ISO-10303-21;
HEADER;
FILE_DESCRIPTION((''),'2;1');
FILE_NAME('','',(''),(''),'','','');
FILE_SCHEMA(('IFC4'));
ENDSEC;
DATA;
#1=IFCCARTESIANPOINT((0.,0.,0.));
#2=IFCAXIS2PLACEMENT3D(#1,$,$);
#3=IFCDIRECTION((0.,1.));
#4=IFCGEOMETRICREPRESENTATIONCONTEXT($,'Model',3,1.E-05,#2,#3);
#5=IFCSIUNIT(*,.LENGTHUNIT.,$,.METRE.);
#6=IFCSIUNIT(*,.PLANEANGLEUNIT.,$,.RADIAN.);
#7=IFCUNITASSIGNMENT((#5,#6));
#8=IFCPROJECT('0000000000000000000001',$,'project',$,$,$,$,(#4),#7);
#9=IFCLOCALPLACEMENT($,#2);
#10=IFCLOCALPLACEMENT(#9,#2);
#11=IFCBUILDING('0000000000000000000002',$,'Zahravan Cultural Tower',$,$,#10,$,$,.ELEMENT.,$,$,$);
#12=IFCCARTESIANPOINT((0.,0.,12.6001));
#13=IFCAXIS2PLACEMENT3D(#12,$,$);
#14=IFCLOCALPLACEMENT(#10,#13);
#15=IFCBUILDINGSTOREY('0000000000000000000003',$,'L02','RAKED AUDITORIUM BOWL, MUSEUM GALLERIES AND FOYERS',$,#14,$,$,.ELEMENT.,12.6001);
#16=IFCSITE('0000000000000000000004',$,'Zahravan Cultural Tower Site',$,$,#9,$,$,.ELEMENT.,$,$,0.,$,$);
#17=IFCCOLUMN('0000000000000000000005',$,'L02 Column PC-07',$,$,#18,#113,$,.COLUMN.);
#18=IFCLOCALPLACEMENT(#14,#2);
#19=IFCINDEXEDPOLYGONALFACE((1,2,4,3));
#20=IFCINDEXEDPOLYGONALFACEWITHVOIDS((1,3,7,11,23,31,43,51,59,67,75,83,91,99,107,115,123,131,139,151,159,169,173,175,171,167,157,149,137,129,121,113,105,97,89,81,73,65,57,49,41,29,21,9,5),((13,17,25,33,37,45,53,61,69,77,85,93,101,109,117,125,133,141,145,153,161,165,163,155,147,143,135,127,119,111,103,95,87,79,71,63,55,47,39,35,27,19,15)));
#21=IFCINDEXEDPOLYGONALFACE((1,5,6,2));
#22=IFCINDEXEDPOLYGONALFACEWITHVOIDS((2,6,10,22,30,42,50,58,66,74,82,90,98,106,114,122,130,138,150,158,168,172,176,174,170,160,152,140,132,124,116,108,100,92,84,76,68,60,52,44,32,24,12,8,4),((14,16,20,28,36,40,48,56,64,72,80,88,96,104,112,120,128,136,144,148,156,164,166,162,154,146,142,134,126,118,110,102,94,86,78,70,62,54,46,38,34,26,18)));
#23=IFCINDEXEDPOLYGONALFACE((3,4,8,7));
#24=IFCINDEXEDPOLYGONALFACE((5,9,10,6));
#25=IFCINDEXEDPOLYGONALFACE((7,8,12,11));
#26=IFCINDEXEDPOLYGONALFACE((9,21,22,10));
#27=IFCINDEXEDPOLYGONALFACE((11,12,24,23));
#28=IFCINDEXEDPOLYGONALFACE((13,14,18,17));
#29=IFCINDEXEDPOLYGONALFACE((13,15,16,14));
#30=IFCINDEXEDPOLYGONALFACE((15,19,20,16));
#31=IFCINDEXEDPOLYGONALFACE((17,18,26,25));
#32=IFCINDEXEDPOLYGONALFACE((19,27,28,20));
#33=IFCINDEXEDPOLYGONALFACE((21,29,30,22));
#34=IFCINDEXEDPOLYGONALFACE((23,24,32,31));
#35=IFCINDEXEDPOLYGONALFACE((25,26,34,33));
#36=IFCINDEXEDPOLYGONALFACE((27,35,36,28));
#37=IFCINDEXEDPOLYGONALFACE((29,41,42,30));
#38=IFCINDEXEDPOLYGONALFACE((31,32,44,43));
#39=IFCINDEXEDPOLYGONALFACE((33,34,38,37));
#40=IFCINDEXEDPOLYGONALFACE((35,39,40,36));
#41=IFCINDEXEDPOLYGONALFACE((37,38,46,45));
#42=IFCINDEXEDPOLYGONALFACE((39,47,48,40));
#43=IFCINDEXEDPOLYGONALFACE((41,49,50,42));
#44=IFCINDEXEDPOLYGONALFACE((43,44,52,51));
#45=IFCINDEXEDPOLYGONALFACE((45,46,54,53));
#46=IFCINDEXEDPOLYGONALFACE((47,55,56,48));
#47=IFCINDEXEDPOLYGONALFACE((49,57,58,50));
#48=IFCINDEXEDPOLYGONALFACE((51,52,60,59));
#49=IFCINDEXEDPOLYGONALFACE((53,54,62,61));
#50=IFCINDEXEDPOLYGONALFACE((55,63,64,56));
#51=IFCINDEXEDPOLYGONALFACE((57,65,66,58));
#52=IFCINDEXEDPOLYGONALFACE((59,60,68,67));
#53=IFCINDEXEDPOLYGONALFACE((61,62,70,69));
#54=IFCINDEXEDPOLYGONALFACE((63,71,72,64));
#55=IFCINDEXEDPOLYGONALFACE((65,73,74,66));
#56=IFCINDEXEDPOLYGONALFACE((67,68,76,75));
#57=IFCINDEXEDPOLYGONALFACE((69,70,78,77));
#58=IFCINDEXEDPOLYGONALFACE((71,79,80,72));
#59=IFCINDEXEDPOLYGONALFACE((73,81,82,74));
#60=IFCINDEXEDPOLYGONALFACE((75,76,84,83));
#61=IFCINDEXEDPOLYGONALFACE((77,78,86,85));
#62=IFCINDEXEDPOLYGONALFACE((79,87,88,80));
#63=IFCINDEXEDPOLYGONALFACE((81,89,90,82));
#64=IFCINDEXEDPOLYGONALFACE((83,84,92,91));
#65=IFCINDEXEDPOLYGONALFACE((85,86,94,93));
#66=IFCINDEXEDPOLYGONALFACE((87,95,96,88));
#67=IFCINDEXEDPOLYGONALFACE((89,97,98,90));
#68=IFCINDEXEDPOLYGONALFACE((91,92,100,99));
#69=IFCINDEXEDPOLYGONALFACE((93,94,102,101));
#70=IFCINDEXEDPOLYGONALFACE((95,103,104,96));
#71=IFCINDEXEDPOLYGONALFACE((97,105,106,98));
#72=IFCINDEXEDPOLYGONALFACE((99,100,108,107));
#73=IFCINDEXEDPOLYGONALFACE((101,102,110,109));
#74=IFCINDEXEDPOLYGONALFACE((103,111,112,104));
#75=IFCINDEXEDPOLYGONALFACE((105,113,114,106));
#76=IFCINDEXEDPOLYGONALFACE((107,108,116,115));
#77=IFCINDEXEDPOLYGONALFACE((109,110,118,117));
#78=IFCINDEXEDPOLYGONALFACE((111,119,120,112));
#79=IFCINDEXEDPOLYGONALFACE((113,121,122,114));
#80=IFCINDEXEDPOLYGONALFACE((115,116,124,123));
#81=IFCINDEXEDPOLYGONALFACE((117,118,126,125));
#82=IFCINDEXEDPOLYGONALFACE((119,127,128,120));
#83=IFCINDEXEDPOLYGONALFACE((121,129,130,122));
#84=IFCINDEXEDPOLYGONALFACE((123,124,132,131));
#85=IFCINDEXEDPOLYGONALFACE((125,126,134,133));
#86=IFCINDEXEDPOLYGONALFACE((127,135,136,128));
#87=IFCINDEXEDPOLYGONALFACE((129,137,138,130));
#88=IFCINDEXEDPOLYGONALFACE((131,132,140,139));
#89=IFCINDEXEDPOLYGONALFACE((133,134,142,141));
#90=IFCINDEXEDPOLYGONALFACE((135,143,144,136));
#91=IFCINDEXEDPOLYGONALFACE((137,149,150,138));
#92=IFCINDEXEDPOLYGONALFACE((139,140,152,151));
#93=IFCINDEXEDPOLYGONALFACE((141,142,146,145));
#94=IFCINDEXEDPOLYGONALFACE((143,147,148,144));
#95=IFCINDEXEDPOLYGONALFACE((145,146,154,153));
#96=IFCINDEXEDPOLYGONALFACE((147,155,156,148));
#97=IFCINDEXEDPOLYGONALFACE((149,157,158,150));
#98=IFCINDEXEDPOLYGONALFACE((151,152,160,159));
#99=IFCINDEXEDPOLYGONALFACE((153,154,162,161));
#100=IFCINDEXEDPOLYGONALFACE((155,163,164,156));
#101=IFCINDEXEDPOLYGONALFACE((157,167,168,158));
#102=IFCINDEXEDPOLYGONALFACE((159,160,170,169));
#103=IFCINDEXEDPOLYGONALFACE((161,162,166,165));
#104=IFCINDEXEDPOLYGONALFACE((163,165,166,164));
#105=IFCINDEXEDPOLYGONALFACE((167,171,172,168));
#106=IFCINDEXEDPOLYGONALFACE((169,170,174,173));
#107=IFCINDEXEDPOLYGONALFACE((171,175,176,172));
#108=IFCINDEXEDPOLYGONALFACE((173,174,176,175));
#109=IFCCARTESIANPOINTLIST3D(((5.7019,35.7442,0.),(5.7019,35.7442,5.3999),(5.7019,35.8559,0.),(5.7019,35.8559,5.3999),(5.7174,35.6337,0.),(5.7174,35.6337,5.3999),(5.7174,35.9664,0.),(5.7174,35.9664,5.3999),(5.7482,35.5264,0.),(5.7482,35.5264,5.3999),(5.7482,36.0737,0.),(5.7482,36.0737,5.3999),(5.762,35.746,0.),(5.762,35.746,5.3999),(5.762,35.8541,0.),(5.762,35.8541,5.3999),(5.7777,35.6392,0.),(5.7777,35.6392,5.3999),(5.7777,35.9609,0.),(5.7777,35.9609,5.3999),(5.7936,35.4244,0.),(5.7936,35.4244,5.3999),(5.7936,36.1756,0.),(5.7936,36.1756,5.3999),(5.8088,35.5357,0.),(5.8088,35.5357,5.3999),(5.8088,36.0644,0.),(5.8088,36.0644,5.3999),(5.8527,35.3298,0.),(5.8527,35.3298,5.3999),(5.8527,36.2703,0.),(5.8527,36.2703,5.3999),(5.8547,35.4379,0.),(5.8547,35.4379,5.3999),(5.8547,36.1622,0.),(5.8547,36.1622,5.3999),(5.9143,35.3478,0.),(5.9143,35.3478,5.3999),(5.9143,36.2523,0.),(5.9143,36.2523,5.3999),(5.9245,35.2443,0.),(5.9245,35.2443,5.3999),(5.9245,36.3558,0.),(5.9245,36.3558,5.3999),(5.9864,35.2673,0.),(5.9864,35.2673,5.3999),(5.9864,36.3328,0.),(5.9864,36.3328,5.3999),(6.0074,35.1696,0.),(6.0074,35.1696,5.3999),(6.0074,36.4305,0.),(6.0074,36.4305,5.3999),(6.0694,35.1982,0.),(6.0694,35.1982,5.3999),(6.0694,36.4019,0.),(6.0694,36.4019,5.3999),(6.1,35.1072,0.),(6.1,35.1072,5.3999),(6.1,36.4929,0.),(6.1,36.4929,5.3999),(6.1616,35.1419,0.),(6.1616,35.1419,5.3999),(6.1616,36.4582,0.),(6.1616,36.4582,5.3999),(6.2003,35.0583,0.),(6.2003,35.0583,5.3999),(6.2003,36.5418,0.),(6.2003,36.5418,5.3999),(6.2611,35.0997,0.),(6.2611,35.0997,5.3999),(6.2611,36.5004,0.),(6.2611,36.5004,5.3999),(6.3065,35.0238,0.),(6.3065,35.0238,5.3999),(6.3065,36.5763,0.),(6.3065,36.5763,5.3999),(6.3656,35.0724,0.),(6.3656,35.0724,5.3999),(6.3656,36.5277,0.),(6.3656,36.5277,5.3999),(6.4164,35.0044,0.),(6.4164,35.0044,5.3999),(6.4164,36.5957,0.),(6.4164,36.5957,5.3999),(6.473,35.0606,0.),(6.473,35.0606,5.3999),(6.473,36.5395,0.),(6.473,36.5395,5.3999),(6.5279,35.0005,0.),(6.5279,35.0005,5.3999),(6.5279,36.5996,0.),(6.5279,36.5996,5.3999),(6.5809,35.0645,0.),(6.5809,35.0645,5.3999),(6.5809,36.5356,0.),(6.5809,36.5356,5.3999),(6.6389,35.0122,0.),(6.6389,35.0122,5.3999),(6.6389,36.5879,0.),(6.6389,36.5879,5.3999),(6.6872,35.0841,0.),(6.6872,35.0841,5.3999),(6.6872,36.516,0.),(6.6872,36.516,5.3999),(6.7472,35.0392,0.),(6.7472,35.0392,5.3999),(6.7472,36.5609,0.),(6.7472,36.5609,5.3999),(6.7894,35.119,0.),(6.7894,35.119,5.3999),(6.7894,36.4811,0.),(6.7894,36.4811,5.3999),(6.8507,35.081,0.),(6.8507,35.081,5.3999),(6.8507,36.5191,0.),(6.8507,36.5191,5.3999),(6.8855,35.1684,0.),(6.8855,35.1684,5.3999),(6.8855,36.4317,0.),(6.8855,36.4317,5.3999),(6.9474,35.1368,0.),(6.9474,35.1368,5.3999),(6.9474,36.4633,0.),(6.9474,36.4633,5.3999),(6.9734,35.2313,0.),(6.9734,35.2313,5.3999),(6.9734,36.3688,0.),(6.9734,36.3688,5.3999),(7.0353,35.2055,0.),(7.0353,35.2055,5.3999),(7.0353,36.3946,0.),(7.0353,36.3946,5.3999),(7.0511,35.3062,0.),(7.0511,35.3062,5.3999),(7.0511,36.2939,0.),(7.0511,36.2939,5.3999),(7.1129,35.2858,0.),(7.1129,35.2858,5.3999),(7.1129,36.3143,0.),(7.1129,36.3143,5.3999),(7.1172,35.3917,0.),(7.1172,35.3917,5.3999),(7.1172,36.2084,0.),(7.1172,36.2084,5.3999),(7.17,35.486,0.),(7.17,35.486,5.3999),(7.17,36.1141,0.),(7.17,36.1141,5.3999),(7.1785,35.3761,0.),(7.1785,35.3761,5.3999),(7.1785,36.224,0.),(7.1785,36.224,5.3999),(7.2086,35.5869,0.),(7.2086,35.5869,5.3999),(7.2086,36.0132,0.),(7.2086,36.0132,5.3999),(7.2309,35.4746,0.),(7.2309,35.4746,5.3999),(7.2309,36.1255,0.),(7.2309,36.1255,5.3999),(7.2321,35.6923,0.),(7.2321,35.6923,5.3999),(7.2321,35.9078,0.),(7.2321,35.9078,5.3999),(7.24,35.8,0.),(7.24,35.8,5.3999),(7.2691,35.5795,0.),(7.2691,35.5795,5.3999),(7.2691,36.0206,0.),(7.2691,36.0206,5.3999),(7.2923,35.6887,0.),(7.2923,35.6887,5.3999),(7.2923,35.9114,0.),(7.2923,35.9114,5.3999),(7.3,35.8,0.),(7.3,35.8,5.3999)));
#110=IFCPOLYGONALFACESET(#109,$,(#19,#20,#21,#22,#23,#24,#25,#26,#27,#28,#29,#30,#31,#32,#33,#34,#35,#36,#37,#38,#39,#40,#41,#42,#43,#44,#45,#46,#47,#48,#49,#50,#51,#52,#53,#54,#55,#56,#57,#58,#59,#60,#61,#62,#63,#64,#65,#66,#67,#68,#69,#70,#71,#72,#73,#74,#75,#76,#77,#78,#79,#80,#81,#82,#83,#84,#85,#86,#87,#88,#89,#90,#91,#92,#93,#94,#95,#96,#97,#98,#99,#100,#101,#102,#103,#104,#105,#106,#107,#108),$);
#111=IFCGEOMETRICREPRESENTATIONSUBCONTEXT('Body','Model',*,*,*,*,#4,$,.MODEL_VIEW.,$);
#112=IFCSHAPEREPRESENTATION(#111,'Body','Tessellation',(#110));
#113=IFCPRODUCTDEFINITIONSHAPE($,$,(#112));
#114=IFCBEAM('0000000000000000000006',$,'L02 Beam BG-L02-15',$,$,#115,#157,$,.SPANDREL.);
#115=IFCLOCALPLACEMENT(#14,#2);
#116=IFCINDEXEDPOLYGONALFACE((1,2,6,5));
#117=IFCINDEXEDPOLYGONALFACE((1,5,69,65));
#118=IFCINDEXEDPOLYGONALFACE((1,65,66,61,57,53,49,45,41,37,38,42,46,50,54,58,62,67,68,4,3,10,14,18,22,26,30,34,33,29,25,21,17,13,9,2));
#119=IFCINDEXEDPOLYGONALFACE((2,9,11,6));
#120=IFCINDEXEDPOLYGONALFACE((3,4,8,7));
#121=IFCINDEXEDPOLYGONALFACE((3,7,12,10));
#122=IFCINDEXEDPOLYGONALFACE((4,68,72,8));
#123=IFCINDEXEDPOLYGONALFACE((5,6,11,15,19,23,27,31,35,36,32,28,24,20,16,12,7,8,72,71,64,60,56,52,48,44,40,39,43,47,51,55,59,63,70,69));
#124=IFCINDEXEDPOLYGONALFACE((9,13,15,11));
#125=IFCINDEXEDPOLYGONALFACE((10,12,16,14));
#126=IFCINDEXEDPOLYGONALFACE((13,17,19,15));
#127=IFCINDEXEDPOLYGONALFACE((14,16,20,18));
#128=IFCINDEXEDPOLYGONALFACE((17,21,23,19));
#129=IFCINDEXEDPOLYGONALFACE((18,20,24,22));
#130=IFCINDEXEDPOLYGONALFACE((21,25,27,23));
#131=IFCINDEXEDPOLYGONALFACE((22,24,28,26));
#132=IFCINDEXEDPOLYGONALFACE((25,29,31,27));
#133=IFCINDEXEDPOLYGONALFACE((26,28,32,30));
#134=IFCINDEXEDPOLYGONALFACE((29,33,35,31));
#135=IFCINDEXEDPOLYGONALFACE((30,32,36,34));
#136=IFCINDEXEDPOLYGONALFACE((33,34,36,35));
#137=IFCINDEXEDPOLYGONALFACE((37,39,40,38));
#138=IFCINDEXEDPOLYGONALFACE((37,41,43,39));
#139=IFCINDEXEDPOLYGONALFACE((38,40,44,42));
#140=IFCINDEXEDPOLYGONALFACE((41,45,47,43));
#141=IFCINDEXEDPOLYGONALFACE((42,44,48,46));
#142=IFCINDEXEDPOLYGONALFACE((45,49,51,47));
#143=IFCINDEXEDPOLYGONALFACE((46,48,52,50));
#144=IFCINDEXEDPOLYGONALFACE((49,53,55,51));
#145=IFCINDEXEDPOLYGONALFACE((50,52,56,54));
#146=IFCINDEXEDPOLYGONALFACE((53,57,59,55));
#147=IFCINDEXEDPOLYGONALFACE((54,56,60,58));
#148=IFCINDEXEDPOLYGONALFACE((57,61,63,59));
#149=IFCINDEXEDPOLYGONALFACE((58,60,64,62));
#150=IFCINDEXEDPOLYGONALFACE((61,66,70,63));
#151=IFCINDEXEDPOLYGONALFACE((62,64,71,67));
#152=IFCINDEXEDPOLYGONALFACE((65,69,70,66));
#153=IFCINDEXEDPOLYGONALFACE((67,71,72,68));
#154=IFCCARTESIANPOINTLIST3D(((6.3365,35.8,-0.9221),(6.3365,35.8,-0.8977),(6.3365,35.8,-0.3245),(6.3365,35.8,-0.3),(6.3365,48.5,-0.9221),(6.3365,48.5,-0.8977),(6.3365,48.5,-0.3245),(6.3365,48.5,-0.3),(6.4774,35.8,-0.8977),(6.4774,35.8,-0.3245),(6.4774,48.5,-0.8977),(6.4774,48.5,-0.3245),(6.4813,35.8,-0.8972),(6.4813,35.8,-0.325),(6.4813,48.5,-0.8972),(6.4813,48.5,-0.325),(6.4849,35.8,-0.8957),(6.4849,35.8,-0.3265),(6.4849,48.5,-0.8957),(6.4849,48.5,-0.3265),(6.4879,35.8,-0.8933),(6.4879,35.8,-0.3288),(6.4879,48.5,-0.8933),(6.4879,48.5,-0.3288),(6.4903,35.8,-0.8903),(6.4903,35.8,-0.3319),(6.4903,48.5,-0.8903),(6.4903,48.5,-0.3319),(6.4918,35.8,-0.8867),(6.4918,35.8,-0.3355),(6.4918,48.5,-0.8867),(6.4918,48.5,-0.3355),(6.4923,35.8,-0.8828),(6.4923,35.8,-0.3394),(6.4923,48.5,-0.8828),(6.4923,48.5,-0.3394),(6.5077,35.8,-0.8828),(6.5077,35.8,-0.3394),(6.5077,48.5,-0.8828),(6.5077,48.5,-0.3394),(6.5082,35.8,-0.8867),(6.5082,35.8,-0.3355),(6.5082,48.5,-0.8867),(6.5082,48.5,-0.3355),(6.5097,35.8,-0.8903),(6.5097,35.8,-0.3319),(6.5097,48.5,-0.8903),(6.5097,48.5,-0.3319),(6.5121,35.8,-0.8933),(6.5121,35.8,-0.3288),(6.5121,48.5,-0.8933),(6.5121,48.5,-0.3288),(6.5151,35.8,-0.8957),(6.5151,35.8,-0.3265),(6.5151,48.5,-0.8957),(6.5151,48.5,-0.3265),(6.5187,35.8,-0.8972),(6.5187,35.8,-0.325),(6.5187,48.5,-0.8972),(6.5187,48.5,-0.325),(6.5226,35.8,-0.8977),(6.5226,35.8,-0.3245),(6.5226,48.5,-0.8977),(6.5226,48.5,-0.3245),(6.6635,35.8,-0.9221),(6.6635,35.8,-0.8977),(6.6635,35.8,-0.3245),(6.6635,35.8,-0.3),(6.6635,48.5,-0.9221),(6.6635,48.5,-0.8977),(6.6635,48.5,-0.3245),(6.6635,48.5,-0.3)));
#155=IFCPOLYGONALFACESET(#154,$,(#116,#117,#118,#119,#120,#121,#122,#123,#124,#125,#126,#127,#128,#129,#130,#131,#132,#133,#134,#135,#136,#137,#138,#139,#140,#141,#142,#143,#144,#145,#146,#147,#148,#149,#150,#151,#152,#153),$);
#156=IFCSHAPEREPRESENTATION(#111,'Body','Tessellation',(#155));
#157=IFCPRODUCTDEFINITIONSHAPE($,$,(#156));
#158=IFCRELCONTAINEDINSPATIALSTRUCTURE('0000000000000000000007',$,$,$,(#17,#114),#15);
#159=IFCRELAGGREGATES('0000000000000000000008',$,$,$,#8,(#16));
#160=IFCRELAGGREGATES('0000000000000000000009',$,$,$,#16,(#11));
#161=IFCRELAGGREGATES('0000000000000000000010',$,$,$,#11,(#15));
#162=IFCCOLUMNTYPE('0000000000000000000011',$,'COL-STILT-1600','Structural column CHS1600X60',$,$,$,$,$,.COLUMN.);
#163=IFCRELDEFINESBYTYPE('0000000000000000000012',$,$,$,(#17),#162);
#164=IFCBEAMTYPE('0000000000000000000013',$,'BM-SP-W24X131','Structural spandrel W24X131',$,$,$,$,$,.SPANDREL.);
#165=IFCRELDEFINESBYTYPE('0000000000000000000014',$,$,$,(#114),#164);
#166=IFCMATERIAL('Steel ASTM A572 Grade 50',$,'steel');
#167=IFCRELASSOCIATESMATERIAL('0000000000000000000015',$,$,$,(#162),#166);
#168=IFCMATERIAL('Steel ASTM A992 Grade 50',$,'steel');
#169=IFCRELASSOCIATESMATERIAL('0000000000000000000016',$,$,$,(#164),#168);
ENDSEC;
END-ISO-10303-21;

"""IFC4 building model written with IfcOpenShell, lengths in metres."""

from ifc_helpers import new_model, si_unit, direction, frame, origin, origin_2d, place, context, subcontext, project, spatial, hollow_circle, i_section, extrude, source, transform, mapped, material, material_profile, profile_set, type_object, element, save


model = new_model("IFC4")

# Units and contexts
model_context = context("Model", 3, precision=1e-05, world=origin(), true_north=direction((0.0, 1.0)))
body_context = subcontext(model_context, "Body", "Model", "MODEL_VIEW")
ifc_project = project(units=[si_unit("LENGTHUNIT", "METRE"), si_unit("PLANEANGLEUNIT", "RADIAN")], contexts=[model_context])

# Site, building, storey
site_placement = place(None, origin())
site = spatial("IfcSite", under=ifc_project, at=site_placement, Name="Zahravan Cultural Tower Site", CompositionType="ELEMENT", RefElevation=0.0)
building_placement = place(site_placement, origin())
building = spatial("IfcBuilding", under=site, at=building_placement, Name="Zahravan Cultural Tower", CompositionType="ELEMENT")
storey_placement = place(building_placement, frame((0.0, 0.0, 12.6001)))
storey = spatial("IfcBuildingStorey", under=building, at=storey_placement, Name="L02", Description="RAKED AUDITORIUM BOWL, MUSEUM GALLERIES AND FOYERS", CompositionType="ELEMENT", Elevation=12.6001)

# Column
ifc_material_1 = material(Name="Steel ASTM A572 Grade 50", Category="steel")
ifc_material_profile_1 = material_profile(ifc_material_1, hollow_circle(Radius=0.8, WallThickness=0.0601, at=origin_2d()), Name="CHS1600X60")
ifc_profile_set_1 = profile_set([ifc_material_profile_1], Name="Steel ASTM A572 Grade 50")
column_type = type_object("IfcColumnType", Name="COL-STILT-1600", Description="Structural column CHS1600X60", PredefinedType="COLUMN", material=ifc_profile_set_1)
shared_shape_1 = source(origin(), body_context, "Body", "SweptSolid", [
    extrude(hollow_circle(Radius=0.8, WallThickness=0.0601, at=origin_2d()), origin(), (0.0, 0.0, 1.0), 5.3999),
])
column_placement = place(storey_placement, frame((6.5, 35.8, 0.0), z_axis=(0.0, 0.0, 1.0), x_axis=(1.0, 0.0, 0.0)))
element("IfcColumn", 1, at=column_placement, inside=storey, type_object=column_type, Name="L02 Column PC-07", PredefinedType="COLUMN", context=body_context, shape_type="MappedRepresentation", body=[
    mapped(shared_shape_1, transform((0.0, 0.0, 0.0), x_axis=(1.0, 0.0, 0.0), y_axis=(0.0, 1.0, 0.0), z_axis=(0.0, 0.0, 1.0), scale=1.0)),
])

# Beam
ifc_material_2 = material(Name="Steel ASTM A992 Grade 50", Category="steel")
ifc_material_profile_2 = material_profile(ifc_material_2, i_section(OverallWidth=0.3269, OverallDepth=0.6221, WebThickness=0.0154, FlangeThickness=0.0244, FilletRadius=0.0149, at=origin_2d()), Name="W24X131")
ifc_profile_set_2 = profile_set([ifc_material_profile_2], Name="Steel ASTM A992 Grade 50")
beam_type_1 = type_object("IfcBeamType", Name="BM-SP-W24X131", Description="Structural spandrel W24X131", PredefinedType="SPANDREL", material=ifc_profile_set_2)
shared_shape_2 = source(origin(), body_context, "Body", "SweptSolid", [
    extrude(i_section(OverallWidth=0.3269, OverallDepth=0.6221, WebThickness=0.0154, FlangeThickness=0.0244, FilletRadius=0.0149, at=origin_2d()), origin(), (0.0, 0.0, 1.0), 12.7),
])
beam_1_placement = place(storey_placement, frame((6.5, 35.8, -0.6111), z_axis=(0.0, 1.0, 0.0), x_axis=(-1.0, 0.0, 0.0)))
element("IfcBeam", 2, at=beam_1_placement, inside=storey, type_object=beam_type_1, Name="L02 Beam BG-L02-15", PredefinedType="SPANDREL", context=body_context, shape_type="MappedRepresentation", body=[
    mapped(shared_shape_2, transform((0.0, 0.0, 0.0), x_axis=(1.0, 0.0, 0.0), y_axis=(0.0, 1.0, 0.0), z_axis=(0.0, 0.0, 1.0), scale=1.0)),
])

save(model, "model.ifc")
